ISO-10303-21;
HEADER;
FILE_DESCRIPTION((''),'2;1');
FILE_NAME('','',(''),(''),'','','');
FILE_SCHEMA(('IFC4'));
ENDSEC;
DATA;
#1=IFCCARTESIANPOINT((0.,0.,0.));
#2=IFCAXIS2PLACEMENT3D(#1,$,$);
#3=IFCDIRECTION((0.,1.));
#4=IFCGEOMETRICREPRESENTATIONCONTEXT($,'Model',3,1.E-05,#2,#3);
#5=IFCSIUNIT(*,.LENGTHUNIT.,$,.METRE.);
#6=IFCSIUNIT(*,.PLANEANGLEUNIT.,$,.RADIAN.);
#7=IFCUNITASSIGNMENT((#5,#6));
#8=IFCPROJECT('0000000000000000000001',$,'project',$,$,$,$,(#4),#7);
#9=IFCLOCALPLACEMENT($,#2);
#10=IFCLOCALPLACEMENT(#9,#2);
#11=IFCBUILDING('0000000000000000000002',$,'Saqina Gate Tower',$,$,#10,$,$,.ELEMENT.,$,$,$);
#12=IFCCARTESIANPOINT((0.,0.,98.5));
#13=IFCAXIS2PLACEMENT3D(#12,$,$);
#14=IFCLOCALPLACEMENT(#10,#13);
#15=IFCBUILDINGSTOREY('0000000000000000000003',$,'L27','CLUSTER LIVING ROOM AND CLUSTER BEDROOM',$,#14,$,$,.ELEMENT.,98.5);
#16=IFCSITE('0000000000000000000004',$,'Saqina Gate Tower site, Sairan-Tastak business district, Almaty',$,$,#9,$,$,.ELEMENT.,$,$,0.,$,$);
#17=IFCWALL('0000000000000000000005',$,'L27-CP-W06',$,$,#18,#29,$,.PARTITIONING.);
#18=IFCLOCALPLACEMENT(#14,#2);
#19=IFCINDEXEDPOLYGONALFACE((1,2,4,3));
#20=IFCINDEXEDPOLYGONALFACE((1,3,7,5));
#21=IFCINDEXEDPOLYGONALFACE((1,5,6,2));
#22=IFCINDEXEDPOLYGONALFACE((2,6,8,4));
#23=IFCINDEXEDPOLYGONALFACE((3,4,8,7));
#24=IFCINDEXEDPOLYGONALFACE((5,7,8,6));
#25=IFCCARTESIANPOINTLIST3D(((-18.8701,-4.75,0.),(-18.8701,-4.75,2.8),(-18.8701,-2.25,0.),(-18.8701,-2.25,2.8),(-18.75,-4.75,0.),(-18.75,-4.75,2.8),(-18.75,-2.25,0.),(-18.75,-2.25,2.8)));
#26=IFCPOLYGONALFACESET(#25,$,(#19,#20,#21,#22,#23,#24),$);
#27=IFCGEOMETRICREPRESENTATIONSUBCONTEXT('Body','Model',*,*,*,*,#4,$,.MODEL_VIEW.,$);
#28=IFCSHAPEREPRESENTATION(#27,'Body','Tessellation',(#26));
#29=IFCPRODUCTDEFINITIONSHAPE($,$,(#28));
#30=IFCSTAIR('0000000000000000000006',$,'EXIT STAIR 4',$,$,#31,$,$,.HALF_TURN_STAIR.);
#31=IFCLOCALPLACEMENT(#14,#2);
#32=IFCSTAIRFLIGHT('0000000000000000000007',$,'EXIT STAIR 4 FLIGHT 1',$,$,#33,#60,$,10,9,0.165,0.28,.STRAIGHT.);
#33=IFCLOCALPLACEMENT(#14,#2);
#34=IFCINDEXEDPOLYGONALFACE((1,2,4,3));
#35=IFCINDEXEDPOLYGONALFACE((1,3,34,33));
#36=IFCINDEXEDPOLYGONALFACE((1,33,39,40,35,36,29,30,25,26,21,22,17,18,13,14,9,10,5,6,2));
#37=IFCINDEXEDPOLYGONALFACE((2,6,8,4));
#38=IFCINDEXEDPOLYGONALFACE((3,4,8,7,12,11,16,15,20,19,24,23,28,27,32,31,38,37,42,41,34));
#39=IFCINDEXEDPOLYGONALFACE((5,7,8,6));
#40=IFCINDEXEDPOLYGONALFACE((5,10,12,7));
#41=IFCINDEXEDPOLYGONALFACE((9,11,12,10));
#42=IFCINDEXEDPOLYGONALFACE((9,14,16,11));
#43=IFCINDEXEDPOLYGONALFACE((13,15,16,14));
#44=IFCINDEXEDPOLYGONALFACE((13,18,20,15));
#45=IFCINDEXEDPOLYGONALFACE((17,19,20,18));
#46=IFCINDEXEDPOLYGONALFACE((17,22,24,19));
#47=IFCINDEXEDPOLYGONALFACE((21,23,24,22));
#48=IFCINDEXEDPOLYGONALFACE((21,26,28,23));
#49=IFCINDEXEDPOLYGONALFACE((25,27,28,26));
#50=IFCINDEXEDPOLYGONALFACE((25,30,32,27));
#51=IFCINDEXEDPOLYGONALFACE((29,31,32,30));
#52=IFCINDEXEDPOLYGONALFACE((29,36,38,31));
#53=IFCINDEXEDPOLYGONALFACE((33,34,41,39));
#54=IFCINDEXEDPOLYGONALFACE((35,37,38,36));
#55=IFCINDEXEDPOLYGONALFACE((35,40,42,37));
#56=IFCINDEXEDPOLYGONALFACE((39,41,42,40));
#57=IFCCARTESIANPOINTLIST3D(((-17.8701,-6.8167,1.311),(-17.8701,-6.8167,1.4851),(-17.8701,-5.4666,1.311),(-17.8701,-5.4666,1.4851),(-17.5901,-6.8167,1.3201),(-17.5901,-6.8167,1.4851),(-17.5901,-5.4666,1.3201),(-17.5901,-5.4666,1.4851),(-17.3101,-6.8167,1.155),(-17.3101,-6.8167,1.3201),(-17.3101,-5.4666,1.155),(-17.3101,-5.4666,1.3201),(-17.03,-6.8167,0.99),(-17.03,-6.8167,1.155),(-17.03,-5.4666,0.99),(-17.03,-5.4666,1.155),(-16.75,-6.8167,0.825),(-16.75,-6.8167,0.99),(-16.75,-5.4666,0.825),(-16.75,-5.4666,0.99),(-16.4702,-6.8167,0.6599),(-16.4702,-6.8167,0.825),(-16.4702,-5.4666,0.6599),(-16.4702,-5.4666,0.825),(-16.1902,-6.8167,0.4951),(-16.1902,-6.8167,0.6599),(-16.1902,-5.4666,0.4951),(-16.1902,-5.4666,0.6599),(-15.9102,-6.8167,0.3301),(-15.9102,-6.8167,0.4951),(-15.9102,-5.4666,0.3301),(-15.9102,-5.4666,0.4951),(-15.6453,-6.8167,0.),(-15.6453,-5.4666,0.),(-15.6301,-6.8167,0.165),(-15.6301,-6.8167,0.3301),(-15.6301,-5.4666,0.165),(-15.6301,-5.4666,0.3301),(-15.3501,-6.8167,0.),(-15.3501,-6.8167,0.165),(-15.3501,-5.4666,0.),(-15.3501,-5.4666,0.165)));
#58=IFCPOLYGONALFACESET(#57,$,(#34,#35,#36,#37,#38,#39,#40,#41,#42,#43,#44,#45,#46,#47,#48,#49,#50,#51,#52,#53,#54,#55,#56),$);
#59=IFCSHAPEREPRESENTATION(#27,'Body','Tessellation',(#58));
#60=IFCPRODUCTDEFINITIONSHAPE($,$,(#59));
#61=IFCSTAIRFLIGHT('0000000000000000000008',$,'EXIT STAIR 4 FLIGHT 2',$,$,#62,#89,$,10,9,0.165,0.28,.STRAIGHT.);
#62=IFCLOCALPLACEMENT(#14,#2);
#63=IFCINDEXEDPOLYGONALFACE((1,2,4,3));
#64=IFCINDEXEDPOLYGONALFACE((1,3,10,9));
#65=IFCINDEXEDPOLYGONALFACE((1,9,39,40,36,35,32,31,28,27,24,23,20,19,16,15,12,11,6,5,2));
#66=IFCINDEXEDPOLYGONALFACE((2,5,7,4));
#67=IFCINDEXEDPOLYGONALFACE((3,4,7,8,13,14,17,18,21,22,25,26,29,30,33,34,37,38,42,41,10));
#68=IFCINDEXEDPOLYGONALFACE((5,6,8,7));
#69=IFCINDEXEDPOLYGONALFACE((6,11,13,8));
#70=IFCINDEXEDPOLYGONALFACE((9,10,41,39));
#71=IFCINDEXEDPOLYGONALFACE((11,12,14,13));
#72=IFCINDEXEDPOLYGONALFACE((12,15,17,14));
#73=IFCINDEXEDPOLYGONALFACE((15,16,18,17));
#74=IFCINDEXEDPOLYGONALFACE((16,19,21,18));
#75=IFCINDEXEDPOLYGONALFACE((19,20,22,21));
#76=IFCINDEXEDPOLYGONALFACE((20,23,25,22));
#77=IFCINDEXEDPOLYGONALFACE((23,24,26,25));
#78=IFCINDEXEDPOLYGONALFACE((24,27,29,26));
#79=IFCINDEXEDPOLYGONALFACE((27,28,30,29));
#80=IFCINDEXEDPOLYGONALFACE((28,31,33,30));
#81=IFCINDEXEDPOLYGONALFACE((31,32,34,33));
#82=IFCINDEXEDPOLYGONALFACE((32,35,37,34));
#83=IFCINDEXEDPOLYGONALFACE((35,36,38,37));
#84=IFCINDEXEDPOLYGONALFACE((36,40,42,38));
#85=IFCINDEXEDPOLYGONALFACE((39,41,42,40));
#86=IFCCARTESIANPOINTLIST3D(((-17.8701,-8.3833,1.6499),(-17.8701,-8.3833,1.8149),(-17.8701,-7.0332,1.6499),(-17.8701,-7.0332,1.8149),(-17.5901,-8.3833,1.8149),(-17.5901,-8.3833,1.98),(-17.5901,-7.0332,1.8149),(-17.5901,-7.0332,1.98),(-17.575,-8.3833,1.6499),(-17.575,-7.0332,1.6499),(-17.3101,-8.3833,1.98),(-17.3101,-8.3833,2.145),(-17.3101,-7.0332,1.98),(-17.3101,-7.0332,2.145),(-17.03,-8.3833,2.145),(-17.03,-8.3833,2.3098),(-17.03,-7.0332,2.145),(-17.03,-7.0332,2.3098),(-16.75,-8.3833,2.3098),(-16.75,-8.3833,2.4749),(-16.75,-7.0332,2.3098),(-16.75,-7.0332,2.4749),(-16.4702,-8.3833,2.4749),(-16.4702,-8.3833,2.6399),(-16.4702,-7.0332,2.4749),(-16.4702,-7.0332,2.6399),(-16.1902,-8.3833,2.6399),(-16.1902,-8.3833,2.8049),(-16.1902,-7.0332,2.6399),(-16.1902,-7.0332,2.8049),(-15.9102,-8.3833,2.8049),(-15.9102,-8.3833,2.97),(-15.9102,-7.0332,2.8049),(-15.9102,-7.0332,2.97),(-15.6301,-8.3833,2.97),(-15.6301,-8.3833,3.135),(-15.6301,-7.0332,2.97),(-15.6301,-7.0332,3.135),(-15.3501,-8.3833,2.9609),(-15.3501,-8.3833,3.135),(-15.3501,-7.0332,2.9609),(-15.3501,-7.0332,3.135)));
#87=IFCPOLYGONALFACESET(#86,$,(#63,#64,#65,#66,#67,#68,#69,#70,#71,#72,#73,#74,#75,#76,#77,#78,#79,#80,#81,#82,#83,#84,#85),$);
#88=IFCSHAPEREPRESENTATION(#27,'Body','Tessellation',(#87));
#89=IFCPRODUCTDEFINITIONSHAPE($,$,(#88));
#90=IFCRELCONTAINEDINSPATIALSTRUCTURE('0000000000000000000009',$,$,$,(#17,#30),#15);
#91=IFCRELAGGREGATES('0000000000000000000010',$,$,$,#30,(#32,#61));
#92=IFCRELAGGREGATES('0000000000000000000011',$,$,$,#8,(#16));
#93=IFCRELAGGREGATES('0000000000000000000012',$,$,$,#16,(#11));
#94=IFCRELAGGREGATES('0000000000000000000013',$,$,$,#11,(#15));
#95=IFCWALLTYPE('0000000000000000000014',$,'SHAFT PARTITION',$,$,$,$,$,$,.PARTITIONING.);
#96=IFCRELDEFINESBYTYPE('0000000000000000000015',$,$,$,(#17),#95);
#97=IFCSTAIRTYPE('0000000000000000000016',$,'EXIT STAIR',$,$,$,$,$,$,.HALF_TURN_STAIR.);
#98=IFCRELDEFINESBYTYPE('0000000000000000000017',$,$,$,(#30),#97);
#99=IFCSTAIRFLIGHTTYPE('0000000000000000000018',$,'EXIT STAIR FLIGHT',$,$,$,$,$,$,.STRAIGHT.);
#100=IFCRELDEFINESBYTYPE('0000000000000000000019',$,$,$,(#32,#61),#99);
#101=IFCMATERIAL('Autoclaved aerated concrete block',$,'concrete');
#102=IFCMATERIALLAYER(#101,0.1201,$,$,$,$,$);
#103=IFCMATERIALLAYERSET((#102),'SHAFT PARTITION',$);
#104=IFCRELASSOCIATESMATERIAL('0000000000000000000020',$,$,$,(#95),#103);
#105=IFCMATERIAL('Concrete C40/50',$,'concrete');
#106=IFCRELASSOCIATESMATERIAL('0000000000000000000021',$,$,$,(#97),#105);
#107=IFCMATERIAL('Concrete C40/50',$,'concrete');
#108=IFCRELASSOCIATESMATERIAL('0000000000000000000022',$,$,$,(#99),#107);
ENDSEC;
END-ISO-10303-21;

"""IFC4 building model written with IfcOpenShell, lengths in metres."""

from ifc_helpers import new_model, si_unit, direction, frame, frame_2d, origin, place, context, subcontext, project, spatial, polyline, rectangle, outline, extrude, material, layer, layer_set, type_object, element, aggregate, save


model = new_model("IFC4")

# Units and contexts
model_context = context("Model", 3, precision=1e-05, world=origin(), true_north=direction((0.0, 1.0)))
body_context = subcontext(model_context, "Body", "Model", "MODEL_VIEW")
ifc_project = project(units=[si_unit("LENGTHUNIT", "METRE"), si_unit("PLANEANGLEUNIT", "RADIAN")], contexts=[model_context])

# Site, building, storey
site_placement = place(None, origin())
site = spatial("IfcSite", under=ifc_project, at=site_placement, Name="Saqina Gate Tower site, Sairan-Tastak business district, Almaty", CompositionType="ELEMENT", RefElevation=0.0)
building_placement = place(site_placement, origin())
building = spatial("IfcBuilding", under=site, at=building_placement, Name="Saqina Gate Tower", CompositionType="ELEMENT")
storey_placement = place(building_placement, frame((0.0, 0.0, 98.5)))
storey = spatial("IfcBuildingStorey", under=building, at=storey_placement, Name="L27", Description="CLUSTER LIVING ROOM AND CLUSTER BEDROOM", CompositionType="ELEMENT", Elevation=98.5)

# Shared definitions
ifc_material_1 = material(Name="Autoclaved aerated concrete block", Category="concrete")
ifc_layer_1 = layer(ifc_material_1, 0.1201)
ifc_layer_set_1 = layer_set([ifc_layer_1], Name="SHAFT PARTITION")
wall_type_1 = type_object("IfcWallType", Name="SHAFT PARTITION", PredefinedType="PARTITIONING", material=ifc_layer_set_1)

# Wall
wall_1_placement = place(storey_placement, frame((-18.8101, -4.75, 0.0), z_axis=(0.0, 0.0, 1.0), x_axis=(0.0, 1.0, 0.0)))
element("IfcWall", 1, at=wall_1_placement, inside=storey, type_object=wall_type_1, Name="L27-CP-W06", PredefinedType="PARTITIONING", context=body_context, shape_type="SweptSolid", body=[
    extrude(rectangle(XDim=2.5, YDim=0.1201, at=frame_2d((1.25, 0.0))), origin(), (0.0, 0.0, 1.0), 2.8),
])

# Stair, stair flights
ifc_material_2 = material(Name="Concrete C40/50", Category="concrete")
stair_type = type_object("IfcStairType", Name="EXIT STAIR", PredefinedType="HALF_TURN_STAIR", material=ifc_material_2)
stair_placement = place(storey_placement, origin())
stair = element("IfcStair", 2, at=stair_placement, inside=storey, type_object=stair_type, Name="EXIT STAIR 4", PredefinedType="HALF_TURN_STAIR")
ifc_material_3 = material(Name="Concrete C40/50", Category="concrete")
stair_flight_type = type_object("IfcStairFlightType", Name="EXIT STAIR FLIGHT", PredefinedType="STRAIGHT", material=ifc_material_3)
stair_flight_1_placement = place(storey_placement, frame((-15.3501, -6.1416, 0.0), z_axis=(0.0, 0.0, 1.0), x_axis=(-1.0, 0.0, 0.0)))
stair_flight_1 = element("IfcStairFlight", 3, at=stair_flight_1_placement, type_object=stair_flight_type, Name="EXIT STAIR 4 FLIGHT 1", NumberOfRisers=10, NumberOfTreads=9, PredefinedType="STRAIGHT", RiserHeight=0.165, TreadLength=0.28, context=body_context, shape_type="SweptSolid", body=[
    extrude(outline(polyline([(0.0, 0.0), (0.0, 0.165), (0.28, 0.165), (0.28, 0.3301), (0.5601, 0.3301), (0.5601, 0.4951), (0.8401, 0.4951), (0.8401, 0.6599), (1.1201, 0.6599), (1.1201, 0.825), (1.3999, 0.825), (1.3999, 0.99), (1.6799, 0.99), (1.6799, 1.155), (1.96, 1.155), (1.96, 1.3201), (2.24, 1.3201), (2.24, 1.4851), (2.52, 1.4851), (2.52, 1.6499), (2.52, 1.311), (0.2952, 0.0), (0.0, 0.0)])), frame((0.0, 0.675, 0.0), z_axis=(0.0, -1.0, 0.0), x_axis=(1.0, 0.0, 0.0)), (0.0, 0.0, 1.0), 1.3501),
])
stair_flight_2_placement = place(storey_placement, frame((-17.8701, -7.7083, 1.6499), z_axis=(0.0, 0.0, 1.0), x_axis=(1.0, 0.0, 0.0)))
stair_flight_2 = element("IfcStairFlight", 4, at=stair_flight_2_placement, type_object=stair_flight_type, Name="EXIT STAIR 4 FLIGHT 2", NumberOfRisers=10, NumberOfTreads=9, PredefinedType="STRAIGHT", RiserHeight=0.165, TreadLength=0.28, context=body_context, shape_type="SweptSolid", body=[
    extrude(outline(polyline([(0.0, 0.0), (0.0, 0.165), (0.28, 0.165), (0.28, 0.3301), (0.5601, 0.3301), (0.5601, 0.4951), (0.8401, 0.4951), (0.8401, 0.6599), (1.1201, 0.6599), (1.1201, 0.825), (1.3999, 0.825), (1.3999, 0.99), (1.6799, 0.99), (1.6799, 1.155), (1.96, 1.155), (1.96, 1.3201), (2.24, 1.3201), (2.24, 1.4851), (2.52, 1.4851), (2.52, 1.6499), (2.52, 1.311), (0.2952, 0.0), (0.0, 0.0)])), frame((0.0, 0.675, 0.0), z_axis=(0.0, -1.0, 0.0), x_axis=(1.0, 0.0, 0.0)), (0.0, 0.0, 1.0), 1.3501),
])
aggregate(stair, [stair_flight_1, stair_flight_2])

save(model, "model.ifc")
